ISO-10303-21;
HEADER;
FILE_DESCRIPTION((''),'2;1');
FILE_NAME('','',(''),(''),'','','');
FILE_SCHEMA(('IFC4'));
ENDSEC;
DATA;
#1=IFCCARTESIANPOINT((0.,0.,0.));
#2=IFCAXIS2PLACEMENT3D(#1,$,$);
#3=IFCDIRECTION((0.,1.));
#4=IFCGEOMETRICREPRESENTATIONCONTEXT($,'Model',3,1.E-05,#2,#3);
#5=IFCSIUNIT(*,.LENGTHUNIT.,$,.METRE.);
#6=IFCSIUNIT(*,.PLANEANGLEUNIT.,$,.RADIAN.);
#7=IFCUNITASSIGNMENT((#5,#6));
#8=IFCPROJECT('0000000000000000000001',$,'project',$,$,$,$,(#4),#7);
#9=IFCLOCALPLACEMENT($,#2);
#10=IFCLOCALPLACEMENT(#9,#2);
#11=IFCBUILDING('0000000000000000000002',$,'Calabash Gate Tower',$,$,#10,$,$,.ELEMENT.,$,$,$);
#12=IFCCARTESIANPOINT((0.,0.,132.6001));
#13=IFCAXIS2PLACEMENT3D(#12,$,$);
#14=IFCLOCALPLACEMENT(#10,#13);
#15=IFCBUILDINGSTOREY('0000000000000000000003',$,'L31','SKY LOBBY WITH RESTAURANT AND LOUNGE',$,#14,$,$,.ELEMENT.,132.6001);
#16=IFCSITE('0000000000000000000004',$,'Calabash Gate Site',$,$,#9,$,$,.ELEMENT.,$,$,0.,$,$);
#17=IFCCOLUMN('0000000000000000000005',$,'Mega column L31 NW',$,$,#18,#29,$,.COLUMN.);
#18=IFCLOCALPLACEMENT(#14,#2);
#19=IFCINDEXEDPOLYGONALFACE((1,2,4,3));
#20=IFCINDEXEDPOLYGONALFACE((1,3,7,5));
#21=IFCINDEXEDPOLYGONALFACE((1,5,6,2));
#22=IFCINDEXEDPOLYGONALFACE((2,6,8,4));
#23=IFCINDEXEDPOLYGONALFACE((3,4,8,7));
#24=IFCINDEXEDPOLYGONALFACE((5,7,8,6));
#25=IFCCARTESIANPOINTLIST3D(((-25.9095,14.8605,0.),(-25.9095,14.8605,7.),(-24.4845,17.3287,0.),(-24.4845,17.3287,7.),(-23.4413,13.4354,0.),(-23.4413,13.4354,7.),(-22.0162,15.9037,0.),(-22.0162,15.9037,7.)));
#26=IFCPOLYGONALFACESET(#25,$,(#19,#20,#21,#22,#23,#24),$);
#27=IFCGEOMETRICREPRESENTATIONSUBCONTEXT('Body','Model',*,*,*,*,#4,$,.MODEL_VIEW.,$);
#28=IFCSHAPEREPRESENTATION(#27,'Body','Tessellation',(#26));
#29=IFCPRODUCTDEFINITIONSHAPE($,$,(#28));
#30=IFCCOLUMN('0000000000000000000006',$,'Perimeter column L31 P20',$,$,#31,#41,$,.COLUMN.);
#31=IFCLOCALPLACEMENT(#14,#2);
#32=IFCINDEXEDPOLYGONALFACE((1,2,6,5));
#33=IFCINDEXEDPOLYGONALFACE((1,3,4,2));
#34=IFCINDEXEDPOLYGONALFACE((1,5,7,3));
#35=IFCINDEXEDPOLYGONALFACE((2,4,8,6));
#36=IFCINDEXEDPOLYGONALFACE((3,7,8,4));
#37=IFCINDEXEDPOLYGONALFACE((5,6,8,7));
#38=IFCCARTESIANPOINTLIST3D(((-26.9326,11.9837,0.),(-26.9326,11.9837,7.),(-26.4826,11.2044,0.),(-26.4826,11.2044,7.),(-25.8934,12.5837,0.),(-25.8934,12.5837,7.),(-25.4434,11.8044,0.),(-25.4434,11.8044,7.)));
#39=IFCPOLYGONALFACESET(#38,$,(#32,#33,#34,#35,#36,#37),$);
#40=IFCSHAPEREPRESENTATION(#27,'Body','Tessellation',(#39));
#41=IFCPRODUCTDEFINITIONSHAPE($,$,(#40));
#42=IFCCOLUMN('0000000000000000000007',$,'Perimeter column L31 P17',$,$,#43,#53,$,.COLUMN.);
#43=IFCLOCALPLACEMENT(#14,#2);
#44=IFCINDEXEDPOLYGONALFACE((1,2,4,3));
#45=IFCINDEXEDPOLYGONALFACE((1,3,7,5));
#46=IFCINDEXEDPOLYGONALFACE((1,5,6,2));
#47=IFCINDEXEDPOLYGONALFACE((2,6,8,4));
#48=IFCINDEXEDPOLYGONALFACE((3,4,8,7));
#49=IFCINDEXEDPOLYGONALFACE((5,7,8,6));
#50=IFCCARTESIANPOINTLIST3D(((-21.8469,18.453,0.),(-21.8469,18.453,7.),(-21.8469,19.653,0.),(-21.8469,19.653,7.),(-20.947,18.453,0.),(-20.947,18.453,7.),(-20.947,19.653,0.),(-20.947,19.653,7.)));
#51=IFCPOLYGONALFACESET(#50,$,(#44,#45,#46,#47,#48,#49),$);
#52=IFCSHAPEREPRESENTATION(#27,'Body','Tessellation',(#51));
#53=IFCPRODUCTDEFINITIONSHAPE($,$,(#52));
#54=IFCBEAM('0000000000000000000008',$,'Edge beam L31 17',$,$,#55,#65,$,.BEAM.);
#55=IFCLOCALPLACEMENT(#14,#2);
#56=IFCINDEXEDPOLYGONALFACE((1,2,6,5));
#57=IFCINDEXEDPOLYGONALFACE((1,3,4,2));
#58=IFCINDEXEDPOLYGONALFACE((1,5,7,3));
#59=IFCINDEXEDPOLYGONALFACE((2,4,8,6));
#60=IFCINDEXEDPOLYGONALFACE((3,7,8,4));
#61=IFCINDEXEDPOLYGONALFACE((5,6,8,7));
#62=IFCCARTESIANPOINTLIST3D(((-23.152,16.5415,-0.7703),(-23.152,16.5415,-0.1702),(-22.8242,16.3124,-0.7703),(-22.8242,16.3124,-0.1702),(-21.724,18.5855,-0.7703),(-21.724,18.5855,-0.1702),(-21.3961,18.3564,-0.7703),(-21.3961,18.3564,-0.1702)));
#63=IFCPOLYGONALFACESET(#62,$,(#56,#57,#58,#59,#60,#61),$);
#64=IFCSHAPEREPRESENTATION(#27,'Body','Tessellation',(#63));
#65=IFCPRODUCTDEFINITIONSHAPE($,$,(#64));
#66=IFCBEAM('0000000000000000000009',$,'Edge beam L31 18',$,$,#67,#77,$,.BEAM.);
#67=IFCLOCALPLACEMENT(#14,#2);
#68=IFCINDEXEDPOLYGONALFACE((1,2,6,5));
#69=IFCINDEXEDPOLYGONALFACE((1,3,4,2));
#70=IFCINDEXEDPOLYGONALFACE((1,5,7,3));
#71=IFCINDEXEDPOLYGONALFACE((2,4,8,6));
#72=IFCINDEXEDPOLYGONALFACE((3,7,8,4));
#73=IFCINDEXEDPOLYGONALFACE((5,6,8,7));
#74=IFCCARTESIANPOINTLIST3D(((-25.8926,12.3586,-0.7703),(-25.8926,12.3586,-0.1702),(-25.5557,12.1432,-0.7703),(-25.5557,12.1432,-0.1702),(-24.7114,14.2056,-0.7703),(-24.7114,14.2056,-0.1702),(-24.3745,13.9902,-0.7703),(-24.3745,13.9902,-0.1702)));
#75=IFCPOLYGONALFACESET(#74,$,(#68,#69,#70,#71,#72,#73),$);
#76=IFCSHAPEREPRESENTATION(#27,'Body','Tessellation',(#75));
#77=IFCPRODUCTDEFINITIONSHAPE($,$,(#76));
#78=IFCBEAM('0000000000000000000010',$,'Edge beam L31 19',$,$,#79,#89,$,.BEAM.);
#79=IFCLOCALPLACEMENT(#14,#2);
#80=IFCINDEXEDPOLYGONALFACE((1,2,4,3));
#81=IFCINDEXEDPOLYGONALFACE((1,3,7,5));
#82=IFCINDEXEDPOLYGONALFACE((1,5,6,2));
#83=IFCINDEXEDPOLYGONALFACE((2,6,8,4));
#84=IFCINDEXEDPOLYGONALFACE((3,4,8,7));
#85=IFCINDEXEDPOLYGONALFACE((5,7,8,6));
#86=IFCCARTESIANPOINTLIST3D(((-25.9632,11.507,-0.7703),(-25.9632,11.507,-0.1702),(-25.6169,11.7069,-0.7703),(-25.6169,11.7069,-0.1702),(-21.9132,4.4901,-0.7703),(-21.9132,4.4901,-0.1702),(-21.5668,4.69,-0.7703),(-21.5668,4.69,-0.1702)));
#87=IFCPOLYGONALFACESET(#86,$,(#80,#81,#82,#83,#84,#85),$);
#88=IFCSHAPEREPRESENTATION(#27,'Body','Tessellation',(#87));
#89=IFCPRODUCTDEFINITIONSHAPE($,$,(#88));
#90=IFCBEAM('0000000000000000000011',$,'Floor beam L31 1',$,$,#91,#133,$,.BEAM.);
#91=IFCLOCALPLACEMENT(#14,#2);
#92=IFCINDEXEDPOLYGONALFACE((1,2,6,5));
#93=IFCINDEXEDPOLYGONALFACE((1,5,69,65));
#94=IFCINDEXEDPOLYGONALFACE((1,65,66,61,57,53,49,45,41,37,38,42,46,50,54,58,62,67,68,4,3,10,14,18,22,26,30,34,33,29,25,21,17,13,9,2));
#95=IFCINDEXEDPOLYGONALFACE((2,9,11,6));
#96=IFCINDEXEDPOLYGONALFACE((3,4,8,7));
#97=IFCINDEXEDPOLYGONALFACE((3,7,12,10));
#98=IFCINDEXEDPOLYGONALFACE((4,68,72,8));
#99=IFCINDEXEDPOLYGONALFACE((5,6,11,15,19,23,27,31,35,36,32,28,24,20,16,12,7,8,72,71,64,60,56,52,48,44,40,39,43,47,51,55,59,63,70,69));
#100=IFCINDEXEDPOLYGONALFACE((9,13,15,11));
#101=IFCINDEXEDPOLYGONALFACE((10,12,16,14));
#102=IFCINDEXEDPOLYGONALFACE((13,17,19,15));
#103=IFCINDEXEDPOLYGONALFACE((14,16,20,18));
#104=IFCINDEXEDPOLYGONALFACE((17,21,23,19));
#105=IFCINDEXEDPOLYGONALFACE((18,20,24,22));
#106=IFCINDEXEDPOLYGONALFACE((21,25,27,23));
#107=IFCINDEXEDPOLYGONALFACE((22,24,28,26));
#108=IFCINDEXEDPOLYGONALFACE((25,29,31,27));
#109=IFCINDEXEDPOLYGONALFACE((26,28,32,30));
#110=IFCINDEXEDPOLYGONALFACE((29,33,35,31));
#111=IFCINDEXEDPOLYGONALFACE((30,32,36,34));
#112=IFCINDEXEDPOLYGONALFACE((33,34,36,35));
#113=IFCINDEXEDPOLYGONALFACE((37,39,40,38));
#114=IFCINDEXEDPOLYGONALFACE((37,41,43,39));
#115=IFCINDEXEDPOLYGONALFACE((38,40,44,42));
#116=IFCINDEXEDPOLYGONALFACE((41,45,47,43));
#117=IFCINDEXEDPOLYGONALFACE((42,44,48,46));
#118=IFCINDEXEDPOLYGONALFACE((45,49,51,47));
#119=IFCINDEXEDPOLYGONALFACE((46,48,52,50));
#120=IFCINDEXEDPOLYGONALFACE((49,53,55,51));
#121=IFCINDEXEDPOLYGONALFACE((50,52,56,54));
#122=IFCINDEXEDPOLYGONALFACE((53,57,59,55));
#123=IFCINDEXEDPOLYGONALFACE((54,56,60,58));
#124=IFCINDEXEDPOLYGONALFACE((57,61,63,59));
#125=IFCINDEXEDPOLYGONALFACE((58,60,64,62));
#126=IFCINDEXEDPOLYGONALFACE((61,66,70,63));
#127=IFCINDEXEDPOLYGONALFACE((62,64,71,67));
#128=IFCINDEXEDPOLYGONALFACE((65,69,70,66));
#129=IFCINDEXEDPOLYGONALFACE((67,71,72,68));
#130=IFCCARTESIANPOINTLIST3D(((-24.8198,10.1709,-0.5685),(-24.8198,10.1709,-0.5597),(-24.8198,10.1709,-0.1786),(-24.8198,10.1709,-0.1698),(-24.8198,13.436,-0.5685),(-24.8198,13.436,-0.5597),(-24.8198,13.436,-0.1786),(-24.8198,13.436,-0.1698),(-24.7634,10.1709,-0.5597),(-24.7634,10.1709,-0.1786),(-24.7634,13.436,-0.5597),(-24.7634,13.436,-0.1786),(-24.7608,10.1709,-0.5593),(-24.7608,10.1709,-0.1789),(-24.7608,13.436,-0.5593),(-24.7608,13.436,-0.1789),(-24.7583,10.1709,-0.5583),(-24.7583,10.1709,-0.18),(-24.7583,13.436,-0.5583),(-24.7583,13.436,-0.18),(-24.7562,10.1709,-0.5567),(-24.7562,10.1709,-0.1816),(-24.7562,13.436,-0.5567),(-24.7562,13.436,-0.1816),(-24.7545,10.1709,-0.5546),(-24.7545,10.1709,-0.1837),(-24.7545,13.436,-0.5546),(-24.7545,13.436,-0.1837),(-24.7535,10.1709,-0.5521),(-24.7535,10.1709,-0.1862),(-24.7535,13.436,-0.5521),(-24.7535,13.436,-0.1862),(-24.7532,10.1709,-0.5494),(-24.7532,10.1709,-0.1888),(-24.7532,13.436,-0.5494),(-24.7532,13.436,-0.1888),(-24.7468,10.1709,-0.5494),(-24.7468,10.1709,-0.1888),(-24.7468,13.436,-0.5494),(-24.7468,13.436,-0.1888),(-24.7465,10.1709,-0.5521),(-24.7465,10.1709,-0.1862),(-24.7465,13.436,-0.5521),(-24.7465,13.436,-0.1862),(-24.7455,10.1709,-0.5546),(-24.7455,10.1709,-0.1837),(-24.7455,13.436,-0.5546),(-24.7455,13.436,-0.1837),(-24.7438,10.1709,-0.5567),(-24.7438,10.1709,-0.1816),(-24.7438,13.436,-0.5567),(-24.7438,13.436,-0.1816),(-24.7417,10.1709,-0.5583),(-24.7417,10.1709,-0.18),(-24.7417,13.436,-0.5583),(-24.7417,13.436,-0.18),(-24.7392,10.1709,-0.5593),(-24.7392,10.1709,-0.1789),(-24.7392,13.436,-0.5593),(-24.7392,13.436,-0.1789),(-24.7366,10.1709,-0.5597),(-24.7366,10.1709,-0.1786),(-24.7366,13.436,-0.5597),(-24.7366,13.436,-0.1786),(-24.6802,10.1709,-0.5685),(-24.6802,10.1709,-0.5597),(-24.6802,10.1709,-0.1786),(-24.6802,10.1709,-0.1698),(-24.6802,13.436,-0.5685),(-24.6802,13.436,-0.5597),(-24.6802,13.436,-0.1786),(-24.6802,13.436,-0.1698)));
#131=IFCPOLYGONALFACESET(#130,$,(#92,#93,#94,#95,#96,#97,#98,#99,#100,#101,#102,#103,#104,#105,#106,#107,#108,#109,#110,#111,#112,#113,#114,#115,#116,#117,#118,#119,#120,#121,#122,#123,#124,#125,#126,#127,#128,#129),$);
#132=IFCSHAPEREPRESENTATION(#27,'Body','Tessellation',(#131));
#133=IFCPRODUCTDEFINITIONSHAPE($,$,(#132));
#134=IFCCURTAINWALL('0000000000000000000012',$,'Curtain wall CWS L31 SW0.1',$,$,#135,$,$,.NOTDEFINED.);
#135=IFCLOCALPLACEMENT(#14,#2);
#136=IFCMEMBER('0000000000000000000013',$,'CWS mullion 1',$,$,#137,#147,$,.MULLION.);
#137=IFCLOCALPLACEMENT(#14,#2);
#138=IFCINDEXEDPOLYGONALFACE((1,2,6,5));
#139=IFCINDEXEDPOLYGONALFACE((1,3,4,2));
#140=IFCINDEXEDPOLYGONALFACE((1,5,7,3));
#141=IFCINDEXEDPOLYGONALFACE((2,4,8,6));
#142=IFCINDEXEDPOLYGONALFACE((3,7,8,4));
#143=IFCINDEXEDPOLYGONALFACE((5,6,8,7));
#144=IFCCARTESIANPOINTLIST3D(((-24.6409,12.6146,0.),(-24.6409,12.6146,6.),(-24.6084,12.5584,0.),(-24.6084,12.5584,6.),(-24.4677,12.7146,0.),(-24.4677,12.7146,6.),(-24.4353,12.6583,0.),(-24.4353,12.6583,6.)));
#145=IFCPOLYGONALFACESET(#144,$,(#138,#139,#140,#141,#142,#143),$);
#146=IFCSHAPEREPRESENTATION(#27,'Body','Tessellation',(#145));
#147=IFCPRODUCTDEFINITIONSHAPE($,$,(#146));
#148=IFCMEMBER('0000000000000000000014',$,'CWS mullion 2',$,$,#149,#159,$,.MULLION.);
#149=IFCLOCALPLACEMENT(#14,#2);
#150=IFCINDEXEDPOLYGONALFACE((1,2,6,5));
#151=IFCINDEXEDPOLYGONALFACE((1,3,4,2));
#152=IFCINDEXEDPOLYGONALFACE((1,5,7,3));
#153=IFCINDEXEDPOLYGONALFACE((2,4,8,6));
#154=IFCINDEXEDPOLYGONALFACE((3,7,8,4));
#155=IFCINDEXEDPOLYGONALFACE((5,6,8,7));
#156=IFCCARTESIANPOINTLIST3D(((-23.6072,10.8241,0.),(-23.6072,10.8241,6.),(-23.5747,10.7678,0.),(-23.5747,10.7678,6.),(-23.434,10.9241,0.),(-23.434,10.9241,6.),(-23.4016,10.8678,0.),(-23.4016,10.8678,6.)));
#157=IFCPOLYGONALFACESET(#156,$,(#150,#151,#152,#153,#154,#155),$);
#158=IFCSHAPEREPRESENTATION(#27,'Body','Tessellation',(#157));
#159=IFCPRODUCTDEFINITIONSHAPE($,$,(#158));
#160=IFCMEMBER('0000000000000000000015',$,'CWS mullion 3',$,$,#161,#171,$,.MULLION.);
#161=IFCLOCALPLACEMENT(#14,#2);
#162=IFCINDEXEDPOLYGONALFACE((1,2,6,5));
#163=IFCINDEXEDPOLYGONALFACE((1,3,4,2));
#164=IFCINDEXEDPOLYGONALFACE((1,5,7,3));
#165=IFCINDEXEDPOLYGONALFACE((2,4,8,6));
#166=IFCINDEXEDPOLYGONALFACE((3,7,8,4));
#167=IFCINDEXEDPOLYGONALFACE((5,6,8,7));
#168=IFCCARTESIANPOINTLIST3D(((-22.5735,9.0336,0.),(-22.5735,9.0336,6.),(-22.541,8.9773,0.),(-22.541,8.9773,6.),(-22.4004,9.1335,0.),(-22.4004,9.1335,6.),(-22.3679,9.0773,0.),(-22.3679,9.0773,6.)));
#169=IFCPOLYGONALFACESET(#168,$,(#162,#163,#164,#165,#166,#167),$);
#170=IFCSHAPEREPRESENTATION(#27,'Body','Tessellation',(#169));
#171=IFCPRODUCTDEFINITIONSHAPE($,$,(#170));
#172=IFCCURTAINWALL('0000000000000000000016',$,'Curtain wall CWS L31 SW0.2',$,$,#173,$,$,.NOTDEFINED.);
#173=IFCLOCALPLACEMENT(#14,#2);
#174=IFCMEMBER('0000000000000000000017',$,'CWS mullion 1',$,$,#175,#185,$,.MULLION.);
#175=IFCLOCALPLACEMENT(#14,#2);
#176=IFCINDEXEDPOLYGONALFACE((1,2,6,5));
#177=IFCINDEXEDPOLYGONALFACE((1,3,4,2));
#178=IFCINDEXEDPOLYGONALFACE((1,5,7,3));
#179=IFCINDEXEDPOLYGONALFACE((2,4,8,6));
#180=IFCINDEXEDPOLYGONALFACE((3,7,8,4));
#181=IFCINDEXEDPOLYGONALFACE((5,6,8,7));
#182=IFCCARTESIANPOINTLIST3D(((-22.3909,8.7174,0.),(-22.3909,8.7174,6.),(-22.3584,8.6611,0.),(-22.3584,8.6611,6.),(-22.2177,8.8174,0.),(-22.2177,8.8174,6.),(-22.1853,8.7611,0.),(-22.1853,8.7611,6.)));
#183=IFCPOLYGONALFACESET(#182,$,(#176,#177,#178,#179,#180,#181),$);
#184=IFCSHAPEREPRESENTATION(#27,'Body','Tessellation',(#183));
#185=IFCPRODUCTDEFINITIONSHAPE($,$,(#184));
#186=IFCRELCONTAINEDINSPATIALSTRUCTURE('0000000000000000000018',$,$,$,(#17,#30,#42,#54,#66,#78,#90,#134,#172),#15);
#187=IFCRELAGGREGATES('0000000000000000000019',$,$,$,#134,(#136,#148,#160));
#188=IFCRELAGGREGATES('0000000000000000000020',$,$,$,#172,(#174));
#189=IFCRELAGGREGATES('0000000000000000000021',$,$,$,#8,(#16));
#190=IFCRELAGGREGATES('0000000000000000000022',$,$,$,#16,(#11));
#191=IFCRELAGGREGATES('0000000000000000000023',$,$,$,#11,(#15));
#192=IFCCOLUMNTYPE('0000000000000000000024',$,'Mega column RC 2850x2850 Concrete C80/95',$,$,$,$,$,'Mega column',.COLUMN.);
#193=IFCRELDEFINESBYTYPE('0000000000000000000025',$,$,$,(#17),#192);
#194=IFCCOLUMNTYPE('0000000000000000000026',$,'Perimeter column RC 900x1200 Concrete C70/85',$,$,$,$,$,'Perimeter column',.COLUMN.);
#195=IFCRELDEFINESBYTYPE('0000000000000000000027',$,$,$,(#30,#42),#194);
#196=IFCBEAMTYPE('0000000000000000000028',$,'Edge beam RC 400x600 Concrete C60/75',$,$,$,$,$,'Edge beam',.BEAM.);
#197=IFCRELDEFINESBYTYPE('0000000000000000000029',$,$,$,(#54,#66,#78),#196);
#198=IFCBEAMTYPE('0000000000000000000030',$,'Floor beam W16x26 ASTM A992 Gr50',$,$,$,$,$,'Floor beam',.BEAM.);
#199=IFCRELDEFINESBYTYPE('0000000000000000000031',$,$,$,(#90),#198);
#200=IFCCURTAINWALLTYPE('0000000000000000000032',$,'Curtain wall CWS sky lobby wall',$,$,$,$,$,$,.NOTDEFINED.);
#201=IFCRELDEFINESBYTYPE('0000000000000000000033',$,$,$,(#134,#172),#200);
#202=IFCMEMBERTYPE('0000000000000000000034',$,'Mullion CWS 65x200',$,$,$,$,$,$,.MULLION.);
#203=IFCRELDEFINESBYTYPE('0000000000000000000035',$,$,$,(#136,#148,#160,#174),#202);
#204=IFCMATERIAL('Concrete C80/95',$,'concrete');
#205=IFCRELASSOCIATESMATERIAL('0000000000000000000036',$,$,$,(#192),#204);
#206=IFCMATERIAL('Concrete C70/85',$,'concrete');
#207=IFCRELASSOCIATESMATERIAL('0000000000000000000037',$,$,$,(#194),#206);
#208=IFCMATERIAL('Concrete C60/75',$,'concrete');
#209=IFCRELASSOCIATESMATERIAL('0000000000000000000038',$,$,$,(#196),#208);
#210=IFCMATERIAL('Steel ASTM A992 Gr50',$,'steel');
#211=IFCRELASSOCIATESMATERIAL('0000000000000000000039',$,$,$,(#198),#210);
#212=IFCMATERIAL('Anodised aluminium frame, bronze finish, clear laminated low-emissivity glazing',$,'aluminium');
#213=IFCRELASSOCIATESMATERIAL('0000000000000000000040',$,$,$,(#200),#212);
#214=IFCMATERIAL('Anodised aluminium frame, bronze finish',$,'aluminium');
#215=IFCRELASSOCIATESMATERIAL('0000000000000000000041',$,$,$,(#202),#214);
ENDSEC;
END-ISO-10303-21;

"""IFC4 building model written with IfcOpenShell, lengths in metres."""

from ifc_helpers import new_model, si_unit, direction, frame, origin, origin_2d, place, context, subcontext, project, spatial, rectangle, i_section, extrude, material, material_profile, profile_set, type_object, element, aggregate, save


model = new_model("IFC4")

# Units and contexts
model_context = context("Model", 3, precision=1e-05, world=origin(), true_north=direction((0.0, 1.0)))
body_context = subcontext(model_context, "Body", "Model", "MODEL_VIEW")
ifc_project = project(units=[si_unit("LENGTHUNIT", "METRE"), si_unit("PLANEANGLEUNIT", "RADIAN")], contexts=[model_context])

# Site, building, storey
site_placement = place(None, origin())
site = spatial("IfcSite", under=ifc_project, at=site_placement, Name="Calabash Gate Site", CompositionType="ELEMENT", RefElevation=0.0)
building_placement = place(site_placement, origin())
building = spatial("IfcBuilding", under=site, at=building_placement, Name="Calabash Gate Tower", CompositionType="ELEMENT")
storey_placement = place(building_placement, frame((0.0, 0.0, 132.6001)))
storey = spatial("IfcBuildingStorey", under=building, at=storey_placement, Name="L31", Description="SKY LOBBY WITH RESTAURANT AND LOUNGE", CompositionType="ELEMENT", Elevation=132.6001)

# Columns
ifc_material_1 = material(Name="Concrete C80/95", Category="concrete")
ifc_material_profile_1 = material_profile(ifc_material_1, rectangle(XDim=2.8501, YDim=2.8501, at=origin_2d()))
ifc_profile_set_1 = profile_set([ifc_material_profile_1], Name="Concrete C80/95")
column_type_1 = type_object("IfcColumnType", Name="Mega column RC 2850x2850 Concrete C80/95", ElementType="Mega column", PredefinedType="COLUMN", material=ifc_profile_set_1)
column_placement = place(storey_placement, frame((-23.9629, 15.3821, 0.0), z_axis=(0.0, 0.0, 1.0), x_axis=(0.866025, -0.5, 0.0)))
element("IfcColumn", 1, at=column_placement, inside=storey, type_object=column_type_1, Name="Mega column L31 NW", PredefinedType="COLUMN", context=body_context, shape_type="SweptSolid", body=[
    extrude(rectangle(XDim=2.8501, YDim=2.8501, at=origin_2d()), origin(), (0.0, 0.0, 1.0), 7.0),
])
ifc_material_2 = material(Name="Concrete C70/85", Category="concrete")
ifc_material_profile_2 = material_profile(ifc_material_2, rectangle(XDim=0.8999, YDim=1.2, at=origin_2d()))
ifc_profile_set_2 = profile_set([ifc_material_profile_2], Name="Concrete C70/85")
column_type_2 = type_object("IfcColumnType", Name="Perimeter column RC 900x1200 Concrete C70/85", ElementType="Perimeter column", PredefinedType="COLUMN", material=ifc_profile_set_2)
for number, where, z_axis, x_axis, name in (
    (2, (-26.188, 11.894, 0.0), (0.0, 0.0, 1.0), (0.5, -0.866025, 0.0), "Perimeter column L31 P20"),
    (3, (-21.397, 19.053, 0.0), (0.0, 0.0, 1.0), (-1.0, 0.0, 0.0), "Perimeter column L31 P17"),
):
    element("IfcColumn", number, at=place(storey_placement, frame(where, z_axis=z_axis, x_axis=x_axis)), inside=storey, type_object=column_type_2, Name=name, PredefinedType="COLUMN", context=body_context, shape_type="SweptSolid", body=[
        extrude(rectangle(XDim=0.8999, YDim=1.2, at=origin_2d()), origin(), (0.0, 0.0, 1.0), 7.0),
    ])

# Beams
ifc_material_3 = material(Name="Concrete C60/75", Category="concrete")
ifc_material_profile_3 = material_profile(ifc_material_3, rectangle(XDim=0.3999, YDim=0.6001, at=origin_2d()))
ifc_profile_set_3 = profile_set([ifc_material_profile_3], Name="Concrete C60/75")
beam_type_1 = type_object("IfcBeamType", Name="Edge beam RC 400x600 Concrete C60/75", ElementType="Edge beam", PredefinedType="BEAM", material=ifc_profile_set_3)
beam_1_placement = place(storey_placement, frame((-21.5601, 18.4709, -0.4702), z_axis=(-0.572713, -0.819756, 0.0), x_axis=(0.819756, -0.572713, 0.0)))
element("IfcBeam", 4, at=beam_1_placement, inside=storey, type_object=beam_type_1, Name="Edge beam L31 17", PredefinedType="BEAM", context=body_context, shape_type="SweptSolid", body=[
    extrude(rectangle(XDim=0.3999, YDim=0.6001, at=origin_2d()), origin(), (0.0, 0.0, 1.0), 2.4934),
])
beam_2_placement = place(storey_placement, frame((-24.543, 14.0979, -0.4702), z_axis=(-0.538769, -0.842453, 0.0), x_axis=(0.842453, -0.538769, 0.0)))
element("IfcBeam", 5, at=beam_2_placement, inside=storey, type_object=beam_type_1, Name="Edge beam L31 18", PredefinedType="BEAM", context=body_context, shape_type="SweptSolid", body=[
    extrude(rectangle(XDim=0.3999, YDim=0.6001, at=origin_2d()), origin(), (0.0, 0.0, 1.0), 2.1924),
])
beam_3_placement = place(storey_placement, frame((-25.79, 11.6069, -0.4702), z_axis=(0.499895, -0.866086, 0.0), x_axis=(0.866086, 0.499895, 0.0)))
element("IfcBeam", 6, at=beam_3_placement, inside=storey, type_object=beam_type_1, Name="Edge beam L31 19", PredefinedType="BEAM", context=body_context, shape_type="SweptSolid", body=[
    extrude(rectangle(XDim=0.3999, YDim=0.6001, at=origin_2d()), origin(), (0.0, 0.0, 1.0), 8.1018),
])
ifc_material_4 = material(Name="Steel ASTM A992 Gr50", Category="steel")
ifc_material_profile_4 = material_profile(ifc_material_4, i_section(OverallWidth=0.1396, OverallDepth=0.3987, WebThickness=0.0063, FlangeThickness=0.0088, FilletRadius=0.0103, at=origin_2d()))
ifc_profile_set_4 = profile_set([ifc_material_profile_4], Name="Steel ASTM A992 Gr50")
beam_type_2 = type_object("IfcBeamType", Name="Floor beam W16x26 ASTM A992 Gr50", ElementType="Floor beam", PredefinedType="BEAM", material=ifc_profile_set_4)
beam_4_placement = place(storey_placement, frame((-24.75, 10.1709, -0.3691), z_axis=(0.0, 1.0, 0.0), x_axis=(-1.0, 0.0, 0.0)))
element("IfcBeam", 7, at=beam_4_placement, inside=storey, type_object=beam_type_2, Name="Floor beam L31 1", PredefinedType="BEAM", context=body_context, shape_type="SweptSolid", body=[
    extrude(i_section(OverallWidth=0.1396, OverallDepth=0.3987, WebThickness=0.0063, FlangeThickness=0.0088, FilletRadius=0.0103, at=origin_2d()), origin(), (0.0, 0.0, 1.0), 3.2651),
])

# Curtain wall, members
ifc_material_5 = material(Name="Anodised aluminium frame, bronze finish, clear laminated low-emissivity glazing", Category="aluminium")
curtain_wall_type = type_object("IfcCurtainWallType", Name="Curtain wall CWS sky lobby wall", PredefinedType="NOTDEFINED", material=ifc_material_5)
curtain_wall_1_placement = place(storey_placement, origin())
curtain_wall_1 = element("IfcCurtainWall", 8, at=curtain_wall_1_placement, inside=storey, type_object=curtain_wall_type, Name="Curtain wall CWS L31 SW0.1", PredefinedType="NOTDEFINED")
ifc_material_6 = material(Name="Anodised aluminium frame, bronze finish", Category="aluminium")
ifc_material_profile_5 = material_profile(ifc_material_6, rectangle(XDim=0.2, YDim=0.0649, at=origin_2d()))
ifc_profile_set_5 = profile_set([ifc_material_profile_5], Name="Anodised aluminium frame, bronze finish")
member_type_1 = type_object("IfcMemberType", Name="Mullion CWS 65x200", PredefinedType="MULLION", material=ifc_profile_set_5)
member_1_placement = place(storey_placement, frame((-24.5381, 12.6365, 0.0), z_axis=(0.0, 0.0, 1.0), x_axis=(0.866025, 0.5, 0.0)))
member_1 = element("IfcMember", 9, at=member_1_placement, type_object=member_type_1, Name="CWS mullion 1", PredefinedType="MULLION", context=body_context, shape_type="SweptSolid", body=[
    extrude(rectangle(XDim=0.2, YDim=0.0649, at=origin_2d()), origin(), (0.0, 0.0, 1.0), 6.0),
])
member_2_placement = place(storey_placement, frame((-23.5044, 10.8459, 0.0), z_axis=(0.0, 0.0, 1.0), x_axis=(0.866025, 0.5, 0.0)))
member_2 = element("IfcMember", 10, at=member_2_placement, type_object=member_type_1, Name="CWS mullion 2", PredefinedType="MULLION", context=body_context, shape_type="SweptSolid", body=[
    extrude(rectangle(XDim=0.2, YDim=0.0649, at=origin_2d()), origin(), (0.0, 0.0, 1.0), 6.0),
])
member_3_placement = place(storey_placement, frame((-22.4707, 9.0554, 0.0), z_axis=(0.0, 0.0, 1.0), x_axis=(0.866025, 0.5, 0.0)))
member_3 = element("IfcMember", 11, at=member_3_placement, type_object=member_type_1, Name="CWS mullion 3", PredefinedType="MULLION", context=body_context, shape_type="SweptSolid", body=[
    extrude(rectangle(XDim=0.2, YDim=0.0649, at=origin_2d()), origin(), (0.0, 0.0, 1.0), 6.0),
])

# Curtain wall, member
curtain_wall_2_placement = place(storey_placement, origin())
curtain_wall_2 = element("IfcCurtainWall", 12, at=curtain_wall_2_placement, inside=storey, type_object=curtain_wall_type, Name="Curtain wall CWS L31 SW0.2", PredefinedType="NOTDEFINED")
member_4_placement = place(storey_placement, frame((-22.2881, 8.7393, 0.0), z_axis=(0.0, 0.0, 1.0), x_axis=(0.866025, 0.5, 0.0)))
member_4 = element("IfcMember", 13, at=member_4_placement, type_object=member_type_1, Name="CWS mullion 1", PredefinedType="MULLION", context=body_context, shape_type="SweptSolid", body=[
    extrude(rectangle(XDim=0.2, YDim=0.0649, at=origin_2d()), origin(), (0.0, 0.0, 1.0), 6.0),
])

aggregate(curtain_wall_1, [member_1, member_2, member_3])
aggregate(curtain_wall_2, [member_4])

save(model, "model.ifc")
